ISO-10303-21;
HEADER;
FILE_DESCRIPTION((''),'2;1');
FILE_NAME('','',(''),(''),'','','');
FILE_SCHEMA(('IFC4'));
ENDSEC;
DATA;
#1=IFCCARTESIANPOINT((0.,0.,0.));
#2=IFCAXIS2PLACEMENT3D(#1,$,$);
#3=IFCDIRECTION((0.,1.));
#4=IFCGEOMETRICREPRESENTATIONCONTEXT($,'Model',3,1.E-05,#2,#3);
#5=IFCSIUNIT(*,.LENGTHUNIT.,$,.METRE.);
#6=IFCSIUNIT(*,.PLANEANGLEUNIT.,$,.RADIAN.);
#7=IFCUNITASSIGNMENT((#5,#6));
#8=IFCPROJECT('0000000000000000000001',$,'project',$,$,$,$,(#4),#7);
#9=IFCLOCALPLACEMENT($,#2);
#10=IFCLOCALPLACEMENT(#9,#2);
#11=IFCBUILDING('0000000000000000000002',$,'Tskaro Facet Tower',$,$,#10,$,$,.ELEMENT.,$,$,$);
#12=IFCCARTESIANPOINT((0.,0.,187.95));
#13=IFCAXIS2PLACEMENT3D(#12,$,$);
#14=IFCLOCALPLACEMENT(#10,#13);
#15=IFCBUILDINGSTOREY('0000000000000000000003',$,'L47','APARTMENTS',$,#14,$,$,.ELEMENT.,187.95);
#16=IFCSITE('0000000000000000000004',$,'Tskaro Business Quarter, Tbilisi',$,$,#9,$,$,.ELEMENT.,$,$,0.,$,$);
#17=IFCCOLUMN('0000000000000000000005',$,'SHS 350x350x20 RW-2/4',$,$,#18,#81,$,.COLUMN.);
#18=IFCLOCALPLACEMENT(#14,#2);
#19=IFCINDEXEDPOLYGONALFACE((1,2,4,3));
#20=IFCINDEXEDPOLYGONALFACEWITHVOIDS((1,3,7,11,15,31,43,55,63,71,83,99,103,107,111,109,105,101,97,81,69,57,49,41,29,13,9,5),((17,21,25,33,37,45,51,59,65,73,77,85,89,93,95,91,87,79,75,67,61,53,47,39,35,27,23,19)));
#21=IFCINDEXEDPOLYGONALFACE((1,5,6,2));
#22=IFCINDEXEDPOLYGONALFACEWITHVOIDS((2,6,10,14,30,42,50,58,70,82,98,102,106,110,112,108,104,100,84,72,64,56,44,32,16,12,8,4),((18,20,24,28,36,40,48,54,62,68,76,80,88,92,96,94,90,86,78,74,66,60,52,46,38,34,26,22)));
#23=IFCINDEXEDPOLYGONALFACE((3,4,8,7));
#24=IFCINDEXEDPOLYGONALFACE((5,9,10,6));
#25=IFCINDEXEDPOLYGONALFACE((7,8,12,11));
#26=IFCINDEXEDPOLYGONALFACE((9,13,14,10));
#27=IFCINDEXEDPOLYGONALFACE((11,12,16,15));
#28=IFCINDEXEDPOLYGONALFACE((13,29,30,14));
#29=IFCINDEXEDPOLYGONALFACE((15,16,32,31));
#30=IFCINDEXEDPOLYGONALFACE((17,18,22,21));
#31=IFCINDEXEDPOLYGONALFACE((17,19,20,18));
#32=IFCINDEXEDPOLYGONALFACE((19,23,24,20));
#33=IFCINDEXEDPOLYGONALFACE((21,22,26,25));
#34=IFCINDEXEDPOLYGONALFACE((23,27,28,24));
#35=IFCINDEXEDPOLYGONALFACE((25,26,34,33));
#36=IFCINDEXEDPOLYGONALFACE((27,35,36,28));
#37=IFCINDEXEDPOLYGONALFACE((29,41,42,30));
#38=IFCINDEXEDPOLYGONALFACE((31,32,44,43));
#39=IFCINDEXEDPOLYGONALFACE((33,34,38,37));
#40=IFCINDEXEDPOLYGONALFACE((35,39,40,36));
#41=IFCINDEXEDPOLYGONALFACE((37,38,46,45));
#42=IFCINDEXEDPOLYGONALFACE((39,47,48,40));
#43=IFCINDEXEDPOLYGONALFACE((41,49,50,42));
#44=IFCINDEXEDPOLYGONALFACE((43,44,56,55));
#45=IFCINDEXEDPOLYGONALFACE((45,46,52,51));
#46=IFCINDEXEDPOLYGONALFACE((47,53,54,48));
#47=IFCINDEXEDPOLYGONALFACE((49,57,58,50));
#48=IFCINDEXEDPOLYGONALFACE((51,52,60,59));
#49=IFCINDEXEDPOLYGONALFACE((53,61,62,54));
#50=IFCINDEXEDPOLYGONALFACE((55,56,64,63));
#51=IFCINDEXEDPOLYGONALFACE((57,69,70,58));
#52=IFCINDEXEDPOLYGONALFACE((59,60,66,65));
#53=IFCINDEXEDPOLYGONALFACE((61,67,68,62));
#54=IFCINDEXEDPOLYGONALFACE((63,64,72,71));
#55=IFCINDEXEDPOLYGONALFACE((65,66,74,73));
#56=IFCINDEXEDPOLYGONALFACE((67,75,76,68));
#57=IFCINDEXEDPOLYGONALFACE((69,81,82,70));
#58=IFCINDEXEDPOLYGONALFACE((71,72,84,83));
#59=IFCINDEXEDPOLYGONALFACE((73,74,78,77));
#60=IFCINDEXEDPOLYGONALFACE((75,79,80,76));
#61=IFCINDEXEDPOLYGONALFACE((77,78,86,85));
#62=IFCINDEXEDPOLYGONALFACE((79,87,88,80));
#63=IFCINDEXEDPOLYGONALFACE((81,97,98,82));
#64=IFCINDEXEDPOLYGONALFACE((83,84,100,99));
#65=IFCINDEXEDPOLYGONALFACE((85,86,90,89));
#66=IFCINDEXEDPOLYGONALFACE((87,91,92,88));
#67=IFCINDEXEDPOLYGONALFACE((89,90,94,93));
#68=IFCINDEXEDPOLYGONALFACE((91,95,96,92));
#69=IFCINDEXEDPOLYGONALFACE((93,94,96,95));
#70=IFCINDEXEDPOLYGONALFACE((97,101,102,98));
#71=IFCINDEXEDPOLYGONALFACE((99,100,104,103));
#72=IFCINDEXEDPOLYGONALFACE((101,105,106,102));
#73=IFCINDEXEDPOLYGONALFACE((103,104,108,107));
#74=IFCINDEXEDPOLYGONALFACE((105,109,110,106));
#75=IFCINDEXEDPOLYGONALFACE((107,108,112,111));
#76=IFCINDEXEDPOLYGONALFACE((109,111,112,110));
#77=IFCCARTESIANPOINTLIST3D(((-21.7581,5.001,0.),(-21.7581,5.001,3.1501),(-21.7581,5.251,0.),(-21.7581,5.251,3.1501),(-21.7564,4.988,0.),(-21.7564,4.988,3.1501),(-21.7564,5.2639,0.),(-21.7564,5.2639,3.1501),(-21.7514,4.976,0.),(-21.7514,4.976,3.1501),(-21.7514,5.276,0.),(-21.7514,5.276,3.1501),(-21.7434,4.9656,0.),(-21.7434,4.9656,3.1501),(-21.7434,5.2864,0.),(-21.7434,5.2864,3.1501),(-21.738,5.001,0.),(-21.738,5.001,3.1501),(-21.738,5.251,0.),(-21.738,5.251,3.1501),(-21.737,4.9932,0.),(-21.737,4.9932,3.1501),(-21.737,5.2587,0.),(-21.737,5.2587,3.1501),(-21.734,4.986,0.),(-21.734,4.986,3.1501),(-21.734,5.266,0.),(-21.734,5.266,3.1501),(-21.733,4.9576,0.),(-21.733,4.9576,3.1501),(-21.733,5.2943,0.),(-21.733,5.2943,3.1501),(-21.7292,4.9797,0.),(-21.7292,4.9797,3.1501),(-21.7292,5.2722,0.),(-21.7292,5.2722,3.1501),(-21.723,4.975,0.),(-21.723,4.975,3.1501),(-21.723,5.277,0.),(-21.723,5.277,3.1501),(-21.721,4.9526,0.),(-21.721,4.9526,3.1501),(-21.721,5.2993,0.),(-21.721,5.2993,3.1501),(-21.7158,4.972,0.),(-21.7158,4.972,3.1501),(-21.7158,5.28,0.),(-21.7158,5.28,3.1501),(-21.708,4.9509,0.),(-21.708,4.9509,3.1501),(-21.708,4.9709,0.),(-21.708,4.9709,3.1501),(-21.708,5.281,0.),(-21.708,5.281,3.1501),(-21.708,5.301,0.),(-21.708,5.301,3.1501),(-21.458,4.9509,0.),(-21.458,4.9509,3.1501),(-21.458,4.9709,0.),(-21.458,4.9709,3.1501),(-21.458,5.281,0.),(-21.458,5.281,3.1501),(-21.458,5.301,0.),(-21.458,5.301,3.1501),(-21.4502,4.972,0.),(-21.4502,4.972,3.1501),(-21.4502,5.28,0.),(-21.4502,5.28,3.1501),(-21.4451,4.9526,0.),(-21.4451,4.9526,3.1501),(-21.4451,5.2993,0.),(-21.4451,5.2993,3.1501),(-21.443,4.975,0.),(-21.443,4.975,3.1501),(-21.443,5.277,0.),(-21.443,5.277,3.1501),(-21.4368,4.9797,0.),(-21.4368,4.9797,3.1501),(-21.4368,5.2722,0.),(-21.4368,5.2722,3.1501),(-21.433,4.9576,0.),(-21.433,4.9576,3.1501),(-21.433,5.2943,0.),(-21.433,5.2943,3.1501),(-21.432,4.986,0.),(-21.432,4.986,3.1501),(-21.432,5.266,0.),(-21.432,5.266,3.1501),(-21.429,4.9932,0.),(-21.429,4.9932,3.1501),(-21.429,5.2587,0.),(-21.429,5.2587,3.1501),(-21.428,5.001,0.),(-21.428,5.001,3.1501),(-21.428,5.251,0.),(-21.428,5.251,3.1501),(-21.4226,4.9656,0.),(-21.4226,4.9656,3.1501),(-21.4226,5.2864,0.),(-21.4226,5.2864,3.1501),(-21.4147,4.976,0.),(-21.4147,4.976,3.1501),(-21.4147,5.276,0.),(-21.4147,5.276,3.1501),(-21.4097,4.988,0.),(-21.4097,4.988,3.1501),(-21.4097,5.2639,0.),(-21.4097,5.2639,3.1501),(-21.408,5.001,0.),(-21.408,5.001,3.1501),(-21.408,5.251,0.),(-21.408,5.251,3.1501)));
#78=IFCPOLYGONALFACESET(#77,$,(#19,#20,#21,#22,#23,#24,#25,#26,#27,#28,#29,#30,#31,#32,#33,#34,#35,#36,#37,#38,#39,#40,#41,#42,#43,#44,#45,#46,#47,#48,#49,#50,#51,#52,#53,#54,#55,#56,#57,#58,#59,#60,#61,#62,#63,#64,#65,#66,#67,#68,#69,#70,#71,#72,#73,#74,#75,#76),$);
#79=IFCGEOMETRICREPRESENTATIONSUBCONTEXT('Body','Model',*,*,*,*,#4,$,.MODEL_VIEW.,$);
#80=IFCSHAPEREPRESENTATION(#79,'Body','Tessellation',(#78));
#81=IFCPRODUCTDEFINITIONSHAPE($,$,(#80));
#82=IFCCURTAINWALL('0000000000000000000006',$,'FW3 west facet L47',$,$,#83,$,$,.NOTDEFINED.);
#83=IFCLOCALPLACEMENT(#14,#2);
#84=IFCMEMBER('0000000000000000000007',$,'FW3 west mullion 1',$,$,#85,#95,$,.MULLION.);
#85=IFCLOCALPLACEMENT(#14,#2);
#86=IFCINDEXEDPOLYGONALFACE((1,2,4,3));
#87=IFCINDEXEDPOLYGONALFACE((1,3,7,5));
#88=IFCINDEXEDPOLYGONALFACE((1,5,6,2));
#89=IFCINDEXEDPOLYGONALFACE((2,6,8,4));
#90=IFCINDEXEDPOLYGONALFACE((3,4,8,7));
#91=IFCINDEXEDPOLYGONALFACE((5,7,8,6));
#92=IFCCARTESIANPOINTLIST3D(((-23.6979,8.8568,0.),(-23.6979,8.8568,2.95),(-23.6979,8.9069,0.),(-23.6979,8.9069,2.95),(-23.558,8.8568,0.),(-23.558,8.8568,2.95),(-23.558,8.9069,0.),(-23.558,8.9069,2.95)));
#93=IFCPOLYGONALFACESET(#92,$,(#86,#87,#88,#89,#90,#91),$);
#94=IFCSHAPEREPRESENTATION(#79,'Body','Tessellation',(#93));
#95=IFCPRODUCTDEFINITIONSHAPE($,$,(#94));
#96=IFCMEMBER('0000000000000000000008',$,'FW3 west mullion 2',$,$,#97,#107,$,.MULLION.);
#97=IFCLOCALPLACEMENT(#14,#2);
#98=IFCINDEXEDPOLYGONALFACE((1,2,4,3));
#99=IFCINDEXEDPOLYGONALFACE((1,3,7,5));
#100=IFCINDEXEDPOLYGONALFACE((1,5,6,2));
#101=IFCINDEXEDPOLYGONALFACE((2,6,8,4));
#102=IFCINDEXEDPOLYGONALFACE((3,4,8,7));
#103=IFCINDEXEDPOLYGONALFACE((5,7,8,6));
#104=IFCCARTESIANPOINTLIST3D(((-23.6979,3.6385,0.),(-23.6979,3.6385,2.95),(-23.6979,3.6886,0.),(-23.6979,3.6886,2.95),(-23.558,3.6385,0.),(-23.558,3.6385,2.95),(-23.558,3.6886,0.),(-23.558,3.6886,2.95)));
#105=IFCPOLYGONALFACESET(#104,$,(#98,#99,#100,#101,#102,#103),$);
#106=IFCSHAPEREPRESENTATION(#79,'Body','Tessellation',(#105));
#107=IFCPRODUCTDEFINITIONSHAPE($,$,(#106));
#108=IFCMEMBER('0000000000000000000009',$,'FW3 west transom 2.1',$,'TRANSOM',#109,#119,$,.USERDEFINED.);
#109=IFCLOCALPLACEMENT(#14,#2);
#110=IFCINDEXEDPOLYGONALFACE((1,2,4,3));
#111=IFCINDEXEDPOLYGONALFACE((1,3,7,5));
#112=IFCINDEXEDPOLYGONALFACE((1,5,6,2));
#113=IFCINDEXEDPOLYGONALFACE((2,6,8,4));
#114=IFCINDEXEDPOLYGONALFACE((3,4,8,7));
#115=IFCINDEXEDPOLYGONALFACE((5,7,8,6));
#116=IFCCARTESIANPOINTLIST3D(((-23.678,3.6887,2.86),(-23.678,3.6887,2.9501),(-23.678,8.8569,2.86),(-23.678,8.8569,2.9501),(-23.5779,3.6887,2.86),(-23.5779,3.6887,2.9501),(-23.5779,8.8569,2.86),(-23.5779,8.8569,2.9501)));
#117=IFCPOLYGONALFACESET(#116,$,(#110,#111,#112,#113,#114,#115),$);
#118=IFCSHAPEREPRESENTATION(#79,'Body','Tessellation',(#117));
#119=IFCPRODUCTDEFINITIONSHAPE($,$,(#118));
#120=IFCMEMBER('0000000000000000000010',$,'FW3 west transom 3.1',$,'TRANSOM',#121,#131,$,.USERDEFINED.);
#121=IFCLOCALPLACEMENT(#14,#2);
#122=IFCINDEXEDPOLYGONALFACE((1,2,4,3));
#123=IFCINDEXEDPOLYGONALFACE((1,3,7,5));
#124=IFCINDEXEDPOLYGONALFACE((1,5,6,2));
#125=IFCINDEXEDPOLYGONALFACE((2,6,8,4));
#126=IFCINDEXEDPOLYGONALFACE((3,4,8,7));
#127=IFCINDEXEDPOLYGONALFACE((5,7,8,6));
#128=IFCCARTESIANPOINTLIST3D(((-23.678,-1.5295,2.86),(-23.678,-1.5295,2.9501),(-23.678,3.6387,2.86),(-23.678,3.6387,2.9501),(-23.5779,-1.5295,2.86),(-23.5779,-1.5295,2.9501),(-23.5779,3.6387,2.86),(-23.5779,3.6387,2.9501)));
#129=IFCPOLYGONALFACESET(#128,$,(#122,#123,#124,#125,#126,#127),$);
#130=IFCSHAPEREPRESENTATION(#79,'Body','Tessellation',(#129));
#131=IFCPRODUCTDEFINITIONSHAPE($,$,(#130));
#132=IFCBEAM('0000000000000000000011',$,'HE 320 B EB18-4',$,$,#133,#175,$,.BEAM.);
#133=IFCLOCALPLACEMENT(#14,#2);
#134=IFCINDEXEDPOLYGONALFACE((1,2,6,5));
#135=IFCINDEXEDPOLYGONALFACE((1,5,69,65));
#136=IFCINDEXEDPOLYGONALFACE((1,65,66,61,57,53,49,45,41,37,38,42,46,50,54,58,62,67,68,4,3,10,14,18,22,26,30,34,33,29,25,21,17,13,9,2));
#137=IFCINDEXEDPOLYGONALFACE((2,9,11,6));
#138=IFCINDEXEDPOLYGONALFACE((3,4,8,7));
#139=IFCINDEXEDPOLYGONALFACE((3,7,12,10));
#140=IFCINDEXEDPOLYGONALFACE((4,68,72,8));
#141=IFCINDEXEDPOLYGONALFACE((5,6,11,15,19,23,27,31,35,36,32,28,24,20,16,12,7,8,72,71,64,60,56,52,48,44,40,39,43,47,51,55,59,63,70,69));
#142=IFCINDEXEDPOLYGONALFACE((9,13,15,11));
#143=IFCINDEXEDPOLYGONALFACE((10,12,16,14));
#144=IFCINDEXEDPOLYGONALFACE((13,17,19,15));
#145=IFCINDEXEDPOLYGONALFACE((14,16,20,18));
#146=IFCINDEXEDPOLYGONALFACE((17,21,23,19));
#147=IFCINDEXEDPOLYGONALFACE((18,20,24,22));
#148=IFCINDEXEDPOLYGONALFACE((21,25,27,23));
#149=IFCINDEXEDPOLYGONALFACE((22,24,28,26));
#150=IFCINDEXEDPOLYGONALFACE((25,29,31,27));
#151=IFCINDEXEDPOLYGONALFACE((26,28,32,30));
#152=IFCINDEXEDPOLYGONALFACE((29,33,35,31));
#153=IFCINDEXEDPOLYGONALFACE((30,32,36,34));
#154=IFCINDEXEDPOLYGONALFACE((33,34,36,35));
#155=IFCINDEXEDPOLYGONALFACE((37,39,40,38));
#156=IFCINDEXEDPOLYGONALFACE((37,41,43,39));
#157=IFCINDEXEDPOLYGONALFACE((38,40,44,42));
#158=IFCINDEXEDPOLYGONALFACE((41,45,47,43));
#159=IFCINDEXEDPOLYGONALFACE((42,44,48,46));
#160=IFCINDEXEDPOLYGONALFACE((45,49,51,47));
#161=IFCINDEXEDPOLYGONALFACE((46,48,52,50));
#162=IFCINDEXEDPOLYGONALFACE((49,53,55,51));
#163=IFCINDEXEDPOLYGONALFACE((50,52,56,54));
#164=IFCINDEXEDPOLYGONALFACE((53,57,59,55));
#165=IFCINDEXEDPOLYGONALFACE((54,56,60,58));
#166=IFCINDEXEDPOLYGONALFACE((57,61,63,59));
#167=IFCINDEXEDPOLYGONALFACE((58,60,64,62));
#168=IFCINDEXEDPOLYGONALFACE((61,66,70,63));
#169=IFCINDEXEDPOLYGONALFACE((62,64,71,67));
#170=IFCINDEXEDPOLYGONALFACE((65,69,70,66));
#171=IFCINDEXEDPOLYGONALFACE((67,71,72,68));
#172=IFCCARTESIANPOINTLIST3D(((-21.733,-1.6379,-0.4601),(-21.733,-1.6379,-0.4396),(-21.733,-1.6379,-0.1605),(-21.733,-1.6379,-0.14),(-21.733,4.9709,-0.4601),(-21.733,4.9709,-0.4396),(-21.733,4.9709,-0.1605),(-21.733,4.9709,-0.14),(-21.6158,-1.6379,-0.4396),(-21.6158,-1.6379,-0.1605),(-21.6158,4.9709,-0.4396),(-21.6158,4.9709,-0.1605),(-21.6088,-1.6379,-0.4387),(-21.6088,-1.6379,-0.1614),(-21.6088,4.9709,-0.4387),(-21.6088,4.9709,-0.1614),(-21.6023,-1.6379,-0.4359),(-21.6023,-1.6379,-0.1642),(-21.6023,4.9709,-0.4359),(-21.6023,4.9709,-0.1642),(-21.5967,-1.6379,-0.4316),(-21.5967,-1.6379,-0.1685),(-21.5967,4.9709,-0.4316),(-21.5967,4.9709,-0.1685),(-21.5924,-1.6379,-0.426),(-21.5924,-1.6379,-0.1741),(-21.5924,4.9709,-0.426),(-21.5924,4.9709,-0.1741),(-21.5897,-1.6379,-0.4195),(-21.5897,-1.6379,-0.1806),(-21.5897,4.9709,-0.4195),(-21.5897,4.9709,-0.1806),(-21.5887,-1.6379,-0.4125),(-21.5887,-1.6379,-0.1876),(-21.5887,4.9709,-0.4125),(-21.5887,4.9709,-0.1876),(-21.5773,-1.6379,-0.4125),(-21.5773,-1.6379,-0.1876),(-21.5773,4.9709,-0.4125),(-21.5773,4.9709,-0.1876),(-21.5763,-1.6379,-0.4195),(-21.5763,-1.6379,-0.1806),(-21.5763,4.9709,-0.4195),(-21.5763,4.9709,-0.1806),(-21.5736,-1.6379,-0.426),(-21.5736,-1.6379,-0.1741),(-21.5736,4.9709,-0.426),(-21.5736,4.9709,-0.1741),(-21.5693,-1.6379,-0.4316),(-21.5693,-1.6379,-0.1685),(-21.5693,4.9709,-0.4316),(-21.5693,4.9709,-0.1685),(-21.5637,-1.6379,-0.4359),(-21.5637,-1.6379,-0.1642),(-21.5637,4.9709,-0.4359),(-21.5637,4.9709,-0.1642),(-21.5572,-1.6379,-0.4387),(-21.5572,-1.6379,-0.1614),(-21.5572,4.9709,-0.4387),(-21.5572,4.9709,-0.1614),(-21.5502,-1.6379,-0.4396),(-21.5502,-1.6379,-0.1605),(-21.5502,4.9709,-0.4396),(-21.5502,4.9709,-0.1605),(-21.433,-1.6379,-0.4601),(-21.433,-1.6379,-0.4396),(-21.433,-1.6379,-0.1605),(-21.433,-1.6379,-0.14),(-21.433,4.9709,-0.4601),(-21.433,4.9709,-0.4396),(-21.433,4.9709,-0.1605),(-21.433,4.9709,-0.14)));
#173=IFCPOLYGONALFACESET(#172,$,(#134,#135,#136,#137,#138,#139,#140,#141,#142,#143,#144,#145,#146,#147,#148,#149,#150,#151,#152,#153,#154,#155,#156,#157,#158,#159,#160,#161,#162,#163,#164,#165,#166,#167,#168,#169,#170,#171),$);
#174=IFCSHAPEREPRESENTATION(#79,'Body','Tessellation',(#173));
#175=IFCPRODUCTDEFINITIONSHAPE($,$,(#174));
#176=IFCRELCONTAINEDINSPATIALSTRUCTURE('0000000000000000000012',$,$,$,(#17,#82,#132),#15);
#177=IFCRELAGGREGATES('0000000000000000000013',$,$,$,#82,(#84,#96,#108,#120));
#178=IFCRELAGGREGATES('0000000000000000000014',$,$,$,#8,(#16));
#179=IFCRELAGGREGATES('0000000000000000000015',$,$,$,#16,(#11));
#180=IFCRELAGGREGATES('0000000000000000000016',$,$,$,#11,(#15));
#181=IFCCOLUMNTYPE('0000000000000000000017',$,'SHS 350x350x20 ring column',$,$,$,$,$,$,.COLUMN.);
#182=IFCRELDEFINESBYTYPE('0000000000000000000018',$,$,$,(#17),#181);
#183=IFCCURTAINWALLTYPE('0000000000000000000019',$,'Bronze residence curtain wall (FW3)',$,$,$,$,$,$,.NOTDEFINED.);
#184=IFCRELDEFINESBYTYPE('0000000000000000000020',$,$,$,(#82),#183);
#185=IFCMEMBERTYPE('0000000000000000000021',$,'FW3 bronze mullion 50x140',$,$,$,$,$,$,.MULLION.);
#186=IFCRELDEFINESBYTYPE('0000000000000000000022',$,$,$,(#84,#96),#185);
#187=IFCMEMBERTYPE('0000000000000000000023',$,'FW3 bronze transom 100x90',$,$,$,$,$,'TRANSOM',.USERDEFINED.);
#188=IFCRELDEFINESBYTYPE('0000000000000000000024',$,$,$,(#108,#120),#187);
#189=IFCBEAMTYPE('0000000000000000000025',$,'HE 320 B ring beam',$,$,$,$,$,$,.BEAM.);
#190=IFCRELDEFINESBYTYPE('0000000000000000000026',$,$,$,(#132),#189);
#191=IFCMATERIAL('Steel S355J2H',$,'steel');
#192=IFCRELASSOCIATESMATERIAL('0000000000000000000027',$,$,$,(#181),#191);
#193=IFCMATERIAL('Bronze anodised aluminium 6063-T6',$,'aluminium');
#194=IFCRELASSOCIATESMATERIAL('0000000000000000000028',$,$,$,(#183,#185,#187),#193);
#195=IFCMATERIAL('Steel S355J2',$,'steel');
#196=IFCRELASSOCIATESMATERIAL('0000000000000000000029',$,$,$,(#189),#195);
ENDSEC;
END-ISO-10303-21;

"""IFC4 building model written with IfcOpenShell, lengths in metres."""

from ifc_helpers import new_model, si_unit, direction, frame, origin, origin_2d, place, context, subcontext, project, spatial, rectangle, hollow_rectangle, i_section, extrude, material, material_profile, profile_set, type_object, element, aggregate, save


model = new_model("IFC4")

# Units and contexts
model_context = context("Model", 3, precision=1e-05, world=origin(), true_north=direction((0.0, 1.0)))
body_context = subcontext(model_context, "Body", "Model", "MODEL_VIEW")
ifc_project = project(units=[si_unit("LENGTHUNIT", "METRE"), si_unit("PLANEANGLEUNIT", "RADIAN")], contexts=[model_context])

# Site, building, storey
site_placement = place(None, origin())
site = spatial("IfcSite", under=ifc_project, at=site_placement, Name="Tskaro Business Quarter, Tbilisi", CompositionType="ELEMENT", RefElevation=0.0)
building_placement = place(site_placement, origin())
building = spatial("IfcBuilding", under=site, at=building_placement, Name="Tskaro Facet Tower", CompositionType="ELEMENT")
storey_placement = place(building_placement, frame((0.0, 0.0, 187.95)))
storey = spatial("IfcBuildingStorey", under=building, at=storey_placement, Name="L47", Description="APARTMENTS", CompositionType="ELEMENT", Elevation=187.95)

# Column
ifc_material_1 = material(Name="Steel S355J2H", Category="steel")
ifc_material_profile_1 = material_profile(ifc_material_1, hollow_rectangle(XDim=0.3501, YDim=0.3501, WallThickness=0.02, InnerFilletRadius=0.03, OuterFilletRadius=0.05, at=origin_2d()), Name="SHS 350x350x20")
ifc_profile_set_1 = profile_set([ifc_material_profile_1], Name="Steel S355J2H")
column_type_1 = type_object("IfcColumnType", Name="SHS 350x350x20 ring column", PredefinedType="COLUMN", material=ifc_profile_set_1)
column_placement = place(storey_placement, frame((-21.583, 5.126, 0.0), z_axis=(0.0, 0.0, 1.0), x_axis=(1.0, 0.0, 0.0)))
element("IfcColumn", 1, at=column_placement, inside=storey, type_object=column_type_1, Name="SHS 350x350x20 RW-2/4", PredefinedType="COLUMN", context=body_context, shape_type="SweptSolid", body=[
    extrude(hollow_rectangle(XDim=0.3501, YDim=0.3501, WallThickness=0.02, InnerFilletRadius=0.03, OuterFilletRadius=0.05, at=origin_2d()), origin(), (0.0, 0.0, 1.0), 3.1501),
])

# Curtain wall, members
ifc_material_2 = material(Name="Bronze anodised aluminium 6063-T6", Category="aluminium")
curtain_wall_type = type_object("IfcCurtainWallType", Name="Bronze residence curtain wall (FW3)", PredefinedType="NOTDEFINED", material=ifc_material_2)
curtain_wall_placement = place(storey_placement, origin())
curtain_wall = element("IfcCurtainWall", 2, at=curtain_wall_placement, inside=storey, type_object=curtain_wall_type, Name="FW3 west facet L47", PredefinedType="NOTDEFINED")
ifc_material_profile_2 = material_profile(ifc_material_2, rectangle(XDim=0.05, YDim=0.1399, at=origin_2d()), Name="Mullion 50x140")
ifc_profile_set_2 = profile_set([ifc_material_profile_2], Name="Bronze anodised aluminium 6063-T6")
member_type_1 = type_object("IfcMemberType", Name="FW3 bronze mullion 50x140", PredefinedType="MULLION", material=ifc_profile_set_2)
member_1_placement = place(storey_placement, frame((-23.6279, 8.8818, 0.0), z_axis=(0.0, 0.0, 1.0), x_axis=(0.0, -1.0, 0.0)))
member_1 = element("IfcMember", 3, at=member_1_placement, type_object=member_type_1, Name="FW3 west mullion 1", PredefinedType="MULLION", context=body_context, shape_type="SweptSolid", body=[
    extrude(rectangle(XDim=0.05, YDim=0.1399, at=origin_2d()), origin(), (0.0, 0.0, 1.0), 2.95),
])
member_2_placement = place(storey_placement, frame((-23.6279, 3.6636, 0.0), z_axis=(0.0, 0.0, 1.0), x_axis=(0.0, -1.0, 0.0)))
member_2 = element("IfcMember", 4, at=member_2_placement, type_object=member_type_1, Name="FW3 west mullion 2", PredefinedType="MULLION", context=body_context, shape_type="SweptSolid", body=[
    extrude(rectangle(XDim=0.05, YDim=0.1399, at=origin_2d()), origin(), (0.0, 0.0, 1.0), 2.95),
])
ifc_material_profile_3 = material_profile(ifc_material_2, rectangle(XDim=0.1001, YDim=0.0901, at=origin_2d()), Name="Transom 100x90")
ifc_profile_set_3 = profile_set([ifc_material_profile_3], Name="Bronze anodised aluminium 6063-T6")
member_type_2 = type_object("IfcMemberType", Name="FW3 bronze transom 100x90", ElementType="TRANSOM", PredefinedType="USERDEFINED", material=ifc_profile_set_3)
member_3_placement = place(storey_placement, frame((-23.6279, 8.8569, 2.905), z_axis=(0.0, -1.0, 0.0), x_axis=(1.0, 0.0, 0.0)))
member_3 = element("IfcMember", 5, at=member_3_placement, type_object=member_type_2, Name="FW3 west transom 2.1", ObjectType="TRANSOM", PredefinedType="USERDEFINED", context=body_context, shape_type="SweptSolid", body=[
    extrude(rectangle(XDim=0.1001, YDim=0.0901, at=origin_2d()), origin(), (0.0, 0.0, 1.0), 5.1682),
])
member_4_placement = place(storey_placement, frame((-23.6279, 3.6387, 2.905), z_axis=(0.0, -1.0, 0.0), x_axis=(1.0, 0.0, 0.0)))
member_4 = element("IfcMember", 6, at=member_4_placement, type_object=member_type_2, Name="FW3 west transom 3.1", ObjectType="TRANSOM", PredefinedType="USERDEFINED", context=body_context, shape_type="SweptSolid", body=[
    extrude(rectangle(XDim=0.1001, YDim=0.0901, at=origin_2d()), origin(), (0.0, 0.0, 1.0), 5.1682),
])

# Beam
ifc_material_3 = material(Name="Steel S355J2", Category="steel")
ifc_material_profile_4 = material_profile(ifc_material_3, i_section(OverallWidth=0.3, OverallDepth=0.3201, WebThickness=0.0115, FlangeThickness=0.0205, FilletRadius=0.0271, at=origin_2d()), Name="HE 320 B")
ifc_profile_set_4 = profile_set([ifc_material_profile_4], Name="Steel S355J2")
beam_type_1 = type_object("IfcBeamType", Name="HE 320 B ring beam", PredefinedType="BEAM", material=ifc_profile_set_4)
beam_1_placement = place(storey_placement, frame((-21.583, 4.9709, -0.3), z_axis=(0.0, -1.0, 0.0), x_axis=(1.0, 0.0, 0.0)))
element("IfcBeam", 7, at=beam_1_placement, inside=storey, type_object=beam_type_1, Name="HE 320 B EB18-4", PredefinedType="BEAM", context=body_context, shape_type="SweptSolid", body=[
    extrude(i_section(OverallWidth=0.3, OverallDepth=0.3201, WebThickness=0.0115, FlangeThickness=0.0205, FilletRadius=0.0271, at=origin_2d()), origin(), (0.0, 0.0, 1.0), 6.6089),
])

aggregate(curtain_wall, [member_1, member_2, member_3, member_4])

save(model, "model.ifc")
